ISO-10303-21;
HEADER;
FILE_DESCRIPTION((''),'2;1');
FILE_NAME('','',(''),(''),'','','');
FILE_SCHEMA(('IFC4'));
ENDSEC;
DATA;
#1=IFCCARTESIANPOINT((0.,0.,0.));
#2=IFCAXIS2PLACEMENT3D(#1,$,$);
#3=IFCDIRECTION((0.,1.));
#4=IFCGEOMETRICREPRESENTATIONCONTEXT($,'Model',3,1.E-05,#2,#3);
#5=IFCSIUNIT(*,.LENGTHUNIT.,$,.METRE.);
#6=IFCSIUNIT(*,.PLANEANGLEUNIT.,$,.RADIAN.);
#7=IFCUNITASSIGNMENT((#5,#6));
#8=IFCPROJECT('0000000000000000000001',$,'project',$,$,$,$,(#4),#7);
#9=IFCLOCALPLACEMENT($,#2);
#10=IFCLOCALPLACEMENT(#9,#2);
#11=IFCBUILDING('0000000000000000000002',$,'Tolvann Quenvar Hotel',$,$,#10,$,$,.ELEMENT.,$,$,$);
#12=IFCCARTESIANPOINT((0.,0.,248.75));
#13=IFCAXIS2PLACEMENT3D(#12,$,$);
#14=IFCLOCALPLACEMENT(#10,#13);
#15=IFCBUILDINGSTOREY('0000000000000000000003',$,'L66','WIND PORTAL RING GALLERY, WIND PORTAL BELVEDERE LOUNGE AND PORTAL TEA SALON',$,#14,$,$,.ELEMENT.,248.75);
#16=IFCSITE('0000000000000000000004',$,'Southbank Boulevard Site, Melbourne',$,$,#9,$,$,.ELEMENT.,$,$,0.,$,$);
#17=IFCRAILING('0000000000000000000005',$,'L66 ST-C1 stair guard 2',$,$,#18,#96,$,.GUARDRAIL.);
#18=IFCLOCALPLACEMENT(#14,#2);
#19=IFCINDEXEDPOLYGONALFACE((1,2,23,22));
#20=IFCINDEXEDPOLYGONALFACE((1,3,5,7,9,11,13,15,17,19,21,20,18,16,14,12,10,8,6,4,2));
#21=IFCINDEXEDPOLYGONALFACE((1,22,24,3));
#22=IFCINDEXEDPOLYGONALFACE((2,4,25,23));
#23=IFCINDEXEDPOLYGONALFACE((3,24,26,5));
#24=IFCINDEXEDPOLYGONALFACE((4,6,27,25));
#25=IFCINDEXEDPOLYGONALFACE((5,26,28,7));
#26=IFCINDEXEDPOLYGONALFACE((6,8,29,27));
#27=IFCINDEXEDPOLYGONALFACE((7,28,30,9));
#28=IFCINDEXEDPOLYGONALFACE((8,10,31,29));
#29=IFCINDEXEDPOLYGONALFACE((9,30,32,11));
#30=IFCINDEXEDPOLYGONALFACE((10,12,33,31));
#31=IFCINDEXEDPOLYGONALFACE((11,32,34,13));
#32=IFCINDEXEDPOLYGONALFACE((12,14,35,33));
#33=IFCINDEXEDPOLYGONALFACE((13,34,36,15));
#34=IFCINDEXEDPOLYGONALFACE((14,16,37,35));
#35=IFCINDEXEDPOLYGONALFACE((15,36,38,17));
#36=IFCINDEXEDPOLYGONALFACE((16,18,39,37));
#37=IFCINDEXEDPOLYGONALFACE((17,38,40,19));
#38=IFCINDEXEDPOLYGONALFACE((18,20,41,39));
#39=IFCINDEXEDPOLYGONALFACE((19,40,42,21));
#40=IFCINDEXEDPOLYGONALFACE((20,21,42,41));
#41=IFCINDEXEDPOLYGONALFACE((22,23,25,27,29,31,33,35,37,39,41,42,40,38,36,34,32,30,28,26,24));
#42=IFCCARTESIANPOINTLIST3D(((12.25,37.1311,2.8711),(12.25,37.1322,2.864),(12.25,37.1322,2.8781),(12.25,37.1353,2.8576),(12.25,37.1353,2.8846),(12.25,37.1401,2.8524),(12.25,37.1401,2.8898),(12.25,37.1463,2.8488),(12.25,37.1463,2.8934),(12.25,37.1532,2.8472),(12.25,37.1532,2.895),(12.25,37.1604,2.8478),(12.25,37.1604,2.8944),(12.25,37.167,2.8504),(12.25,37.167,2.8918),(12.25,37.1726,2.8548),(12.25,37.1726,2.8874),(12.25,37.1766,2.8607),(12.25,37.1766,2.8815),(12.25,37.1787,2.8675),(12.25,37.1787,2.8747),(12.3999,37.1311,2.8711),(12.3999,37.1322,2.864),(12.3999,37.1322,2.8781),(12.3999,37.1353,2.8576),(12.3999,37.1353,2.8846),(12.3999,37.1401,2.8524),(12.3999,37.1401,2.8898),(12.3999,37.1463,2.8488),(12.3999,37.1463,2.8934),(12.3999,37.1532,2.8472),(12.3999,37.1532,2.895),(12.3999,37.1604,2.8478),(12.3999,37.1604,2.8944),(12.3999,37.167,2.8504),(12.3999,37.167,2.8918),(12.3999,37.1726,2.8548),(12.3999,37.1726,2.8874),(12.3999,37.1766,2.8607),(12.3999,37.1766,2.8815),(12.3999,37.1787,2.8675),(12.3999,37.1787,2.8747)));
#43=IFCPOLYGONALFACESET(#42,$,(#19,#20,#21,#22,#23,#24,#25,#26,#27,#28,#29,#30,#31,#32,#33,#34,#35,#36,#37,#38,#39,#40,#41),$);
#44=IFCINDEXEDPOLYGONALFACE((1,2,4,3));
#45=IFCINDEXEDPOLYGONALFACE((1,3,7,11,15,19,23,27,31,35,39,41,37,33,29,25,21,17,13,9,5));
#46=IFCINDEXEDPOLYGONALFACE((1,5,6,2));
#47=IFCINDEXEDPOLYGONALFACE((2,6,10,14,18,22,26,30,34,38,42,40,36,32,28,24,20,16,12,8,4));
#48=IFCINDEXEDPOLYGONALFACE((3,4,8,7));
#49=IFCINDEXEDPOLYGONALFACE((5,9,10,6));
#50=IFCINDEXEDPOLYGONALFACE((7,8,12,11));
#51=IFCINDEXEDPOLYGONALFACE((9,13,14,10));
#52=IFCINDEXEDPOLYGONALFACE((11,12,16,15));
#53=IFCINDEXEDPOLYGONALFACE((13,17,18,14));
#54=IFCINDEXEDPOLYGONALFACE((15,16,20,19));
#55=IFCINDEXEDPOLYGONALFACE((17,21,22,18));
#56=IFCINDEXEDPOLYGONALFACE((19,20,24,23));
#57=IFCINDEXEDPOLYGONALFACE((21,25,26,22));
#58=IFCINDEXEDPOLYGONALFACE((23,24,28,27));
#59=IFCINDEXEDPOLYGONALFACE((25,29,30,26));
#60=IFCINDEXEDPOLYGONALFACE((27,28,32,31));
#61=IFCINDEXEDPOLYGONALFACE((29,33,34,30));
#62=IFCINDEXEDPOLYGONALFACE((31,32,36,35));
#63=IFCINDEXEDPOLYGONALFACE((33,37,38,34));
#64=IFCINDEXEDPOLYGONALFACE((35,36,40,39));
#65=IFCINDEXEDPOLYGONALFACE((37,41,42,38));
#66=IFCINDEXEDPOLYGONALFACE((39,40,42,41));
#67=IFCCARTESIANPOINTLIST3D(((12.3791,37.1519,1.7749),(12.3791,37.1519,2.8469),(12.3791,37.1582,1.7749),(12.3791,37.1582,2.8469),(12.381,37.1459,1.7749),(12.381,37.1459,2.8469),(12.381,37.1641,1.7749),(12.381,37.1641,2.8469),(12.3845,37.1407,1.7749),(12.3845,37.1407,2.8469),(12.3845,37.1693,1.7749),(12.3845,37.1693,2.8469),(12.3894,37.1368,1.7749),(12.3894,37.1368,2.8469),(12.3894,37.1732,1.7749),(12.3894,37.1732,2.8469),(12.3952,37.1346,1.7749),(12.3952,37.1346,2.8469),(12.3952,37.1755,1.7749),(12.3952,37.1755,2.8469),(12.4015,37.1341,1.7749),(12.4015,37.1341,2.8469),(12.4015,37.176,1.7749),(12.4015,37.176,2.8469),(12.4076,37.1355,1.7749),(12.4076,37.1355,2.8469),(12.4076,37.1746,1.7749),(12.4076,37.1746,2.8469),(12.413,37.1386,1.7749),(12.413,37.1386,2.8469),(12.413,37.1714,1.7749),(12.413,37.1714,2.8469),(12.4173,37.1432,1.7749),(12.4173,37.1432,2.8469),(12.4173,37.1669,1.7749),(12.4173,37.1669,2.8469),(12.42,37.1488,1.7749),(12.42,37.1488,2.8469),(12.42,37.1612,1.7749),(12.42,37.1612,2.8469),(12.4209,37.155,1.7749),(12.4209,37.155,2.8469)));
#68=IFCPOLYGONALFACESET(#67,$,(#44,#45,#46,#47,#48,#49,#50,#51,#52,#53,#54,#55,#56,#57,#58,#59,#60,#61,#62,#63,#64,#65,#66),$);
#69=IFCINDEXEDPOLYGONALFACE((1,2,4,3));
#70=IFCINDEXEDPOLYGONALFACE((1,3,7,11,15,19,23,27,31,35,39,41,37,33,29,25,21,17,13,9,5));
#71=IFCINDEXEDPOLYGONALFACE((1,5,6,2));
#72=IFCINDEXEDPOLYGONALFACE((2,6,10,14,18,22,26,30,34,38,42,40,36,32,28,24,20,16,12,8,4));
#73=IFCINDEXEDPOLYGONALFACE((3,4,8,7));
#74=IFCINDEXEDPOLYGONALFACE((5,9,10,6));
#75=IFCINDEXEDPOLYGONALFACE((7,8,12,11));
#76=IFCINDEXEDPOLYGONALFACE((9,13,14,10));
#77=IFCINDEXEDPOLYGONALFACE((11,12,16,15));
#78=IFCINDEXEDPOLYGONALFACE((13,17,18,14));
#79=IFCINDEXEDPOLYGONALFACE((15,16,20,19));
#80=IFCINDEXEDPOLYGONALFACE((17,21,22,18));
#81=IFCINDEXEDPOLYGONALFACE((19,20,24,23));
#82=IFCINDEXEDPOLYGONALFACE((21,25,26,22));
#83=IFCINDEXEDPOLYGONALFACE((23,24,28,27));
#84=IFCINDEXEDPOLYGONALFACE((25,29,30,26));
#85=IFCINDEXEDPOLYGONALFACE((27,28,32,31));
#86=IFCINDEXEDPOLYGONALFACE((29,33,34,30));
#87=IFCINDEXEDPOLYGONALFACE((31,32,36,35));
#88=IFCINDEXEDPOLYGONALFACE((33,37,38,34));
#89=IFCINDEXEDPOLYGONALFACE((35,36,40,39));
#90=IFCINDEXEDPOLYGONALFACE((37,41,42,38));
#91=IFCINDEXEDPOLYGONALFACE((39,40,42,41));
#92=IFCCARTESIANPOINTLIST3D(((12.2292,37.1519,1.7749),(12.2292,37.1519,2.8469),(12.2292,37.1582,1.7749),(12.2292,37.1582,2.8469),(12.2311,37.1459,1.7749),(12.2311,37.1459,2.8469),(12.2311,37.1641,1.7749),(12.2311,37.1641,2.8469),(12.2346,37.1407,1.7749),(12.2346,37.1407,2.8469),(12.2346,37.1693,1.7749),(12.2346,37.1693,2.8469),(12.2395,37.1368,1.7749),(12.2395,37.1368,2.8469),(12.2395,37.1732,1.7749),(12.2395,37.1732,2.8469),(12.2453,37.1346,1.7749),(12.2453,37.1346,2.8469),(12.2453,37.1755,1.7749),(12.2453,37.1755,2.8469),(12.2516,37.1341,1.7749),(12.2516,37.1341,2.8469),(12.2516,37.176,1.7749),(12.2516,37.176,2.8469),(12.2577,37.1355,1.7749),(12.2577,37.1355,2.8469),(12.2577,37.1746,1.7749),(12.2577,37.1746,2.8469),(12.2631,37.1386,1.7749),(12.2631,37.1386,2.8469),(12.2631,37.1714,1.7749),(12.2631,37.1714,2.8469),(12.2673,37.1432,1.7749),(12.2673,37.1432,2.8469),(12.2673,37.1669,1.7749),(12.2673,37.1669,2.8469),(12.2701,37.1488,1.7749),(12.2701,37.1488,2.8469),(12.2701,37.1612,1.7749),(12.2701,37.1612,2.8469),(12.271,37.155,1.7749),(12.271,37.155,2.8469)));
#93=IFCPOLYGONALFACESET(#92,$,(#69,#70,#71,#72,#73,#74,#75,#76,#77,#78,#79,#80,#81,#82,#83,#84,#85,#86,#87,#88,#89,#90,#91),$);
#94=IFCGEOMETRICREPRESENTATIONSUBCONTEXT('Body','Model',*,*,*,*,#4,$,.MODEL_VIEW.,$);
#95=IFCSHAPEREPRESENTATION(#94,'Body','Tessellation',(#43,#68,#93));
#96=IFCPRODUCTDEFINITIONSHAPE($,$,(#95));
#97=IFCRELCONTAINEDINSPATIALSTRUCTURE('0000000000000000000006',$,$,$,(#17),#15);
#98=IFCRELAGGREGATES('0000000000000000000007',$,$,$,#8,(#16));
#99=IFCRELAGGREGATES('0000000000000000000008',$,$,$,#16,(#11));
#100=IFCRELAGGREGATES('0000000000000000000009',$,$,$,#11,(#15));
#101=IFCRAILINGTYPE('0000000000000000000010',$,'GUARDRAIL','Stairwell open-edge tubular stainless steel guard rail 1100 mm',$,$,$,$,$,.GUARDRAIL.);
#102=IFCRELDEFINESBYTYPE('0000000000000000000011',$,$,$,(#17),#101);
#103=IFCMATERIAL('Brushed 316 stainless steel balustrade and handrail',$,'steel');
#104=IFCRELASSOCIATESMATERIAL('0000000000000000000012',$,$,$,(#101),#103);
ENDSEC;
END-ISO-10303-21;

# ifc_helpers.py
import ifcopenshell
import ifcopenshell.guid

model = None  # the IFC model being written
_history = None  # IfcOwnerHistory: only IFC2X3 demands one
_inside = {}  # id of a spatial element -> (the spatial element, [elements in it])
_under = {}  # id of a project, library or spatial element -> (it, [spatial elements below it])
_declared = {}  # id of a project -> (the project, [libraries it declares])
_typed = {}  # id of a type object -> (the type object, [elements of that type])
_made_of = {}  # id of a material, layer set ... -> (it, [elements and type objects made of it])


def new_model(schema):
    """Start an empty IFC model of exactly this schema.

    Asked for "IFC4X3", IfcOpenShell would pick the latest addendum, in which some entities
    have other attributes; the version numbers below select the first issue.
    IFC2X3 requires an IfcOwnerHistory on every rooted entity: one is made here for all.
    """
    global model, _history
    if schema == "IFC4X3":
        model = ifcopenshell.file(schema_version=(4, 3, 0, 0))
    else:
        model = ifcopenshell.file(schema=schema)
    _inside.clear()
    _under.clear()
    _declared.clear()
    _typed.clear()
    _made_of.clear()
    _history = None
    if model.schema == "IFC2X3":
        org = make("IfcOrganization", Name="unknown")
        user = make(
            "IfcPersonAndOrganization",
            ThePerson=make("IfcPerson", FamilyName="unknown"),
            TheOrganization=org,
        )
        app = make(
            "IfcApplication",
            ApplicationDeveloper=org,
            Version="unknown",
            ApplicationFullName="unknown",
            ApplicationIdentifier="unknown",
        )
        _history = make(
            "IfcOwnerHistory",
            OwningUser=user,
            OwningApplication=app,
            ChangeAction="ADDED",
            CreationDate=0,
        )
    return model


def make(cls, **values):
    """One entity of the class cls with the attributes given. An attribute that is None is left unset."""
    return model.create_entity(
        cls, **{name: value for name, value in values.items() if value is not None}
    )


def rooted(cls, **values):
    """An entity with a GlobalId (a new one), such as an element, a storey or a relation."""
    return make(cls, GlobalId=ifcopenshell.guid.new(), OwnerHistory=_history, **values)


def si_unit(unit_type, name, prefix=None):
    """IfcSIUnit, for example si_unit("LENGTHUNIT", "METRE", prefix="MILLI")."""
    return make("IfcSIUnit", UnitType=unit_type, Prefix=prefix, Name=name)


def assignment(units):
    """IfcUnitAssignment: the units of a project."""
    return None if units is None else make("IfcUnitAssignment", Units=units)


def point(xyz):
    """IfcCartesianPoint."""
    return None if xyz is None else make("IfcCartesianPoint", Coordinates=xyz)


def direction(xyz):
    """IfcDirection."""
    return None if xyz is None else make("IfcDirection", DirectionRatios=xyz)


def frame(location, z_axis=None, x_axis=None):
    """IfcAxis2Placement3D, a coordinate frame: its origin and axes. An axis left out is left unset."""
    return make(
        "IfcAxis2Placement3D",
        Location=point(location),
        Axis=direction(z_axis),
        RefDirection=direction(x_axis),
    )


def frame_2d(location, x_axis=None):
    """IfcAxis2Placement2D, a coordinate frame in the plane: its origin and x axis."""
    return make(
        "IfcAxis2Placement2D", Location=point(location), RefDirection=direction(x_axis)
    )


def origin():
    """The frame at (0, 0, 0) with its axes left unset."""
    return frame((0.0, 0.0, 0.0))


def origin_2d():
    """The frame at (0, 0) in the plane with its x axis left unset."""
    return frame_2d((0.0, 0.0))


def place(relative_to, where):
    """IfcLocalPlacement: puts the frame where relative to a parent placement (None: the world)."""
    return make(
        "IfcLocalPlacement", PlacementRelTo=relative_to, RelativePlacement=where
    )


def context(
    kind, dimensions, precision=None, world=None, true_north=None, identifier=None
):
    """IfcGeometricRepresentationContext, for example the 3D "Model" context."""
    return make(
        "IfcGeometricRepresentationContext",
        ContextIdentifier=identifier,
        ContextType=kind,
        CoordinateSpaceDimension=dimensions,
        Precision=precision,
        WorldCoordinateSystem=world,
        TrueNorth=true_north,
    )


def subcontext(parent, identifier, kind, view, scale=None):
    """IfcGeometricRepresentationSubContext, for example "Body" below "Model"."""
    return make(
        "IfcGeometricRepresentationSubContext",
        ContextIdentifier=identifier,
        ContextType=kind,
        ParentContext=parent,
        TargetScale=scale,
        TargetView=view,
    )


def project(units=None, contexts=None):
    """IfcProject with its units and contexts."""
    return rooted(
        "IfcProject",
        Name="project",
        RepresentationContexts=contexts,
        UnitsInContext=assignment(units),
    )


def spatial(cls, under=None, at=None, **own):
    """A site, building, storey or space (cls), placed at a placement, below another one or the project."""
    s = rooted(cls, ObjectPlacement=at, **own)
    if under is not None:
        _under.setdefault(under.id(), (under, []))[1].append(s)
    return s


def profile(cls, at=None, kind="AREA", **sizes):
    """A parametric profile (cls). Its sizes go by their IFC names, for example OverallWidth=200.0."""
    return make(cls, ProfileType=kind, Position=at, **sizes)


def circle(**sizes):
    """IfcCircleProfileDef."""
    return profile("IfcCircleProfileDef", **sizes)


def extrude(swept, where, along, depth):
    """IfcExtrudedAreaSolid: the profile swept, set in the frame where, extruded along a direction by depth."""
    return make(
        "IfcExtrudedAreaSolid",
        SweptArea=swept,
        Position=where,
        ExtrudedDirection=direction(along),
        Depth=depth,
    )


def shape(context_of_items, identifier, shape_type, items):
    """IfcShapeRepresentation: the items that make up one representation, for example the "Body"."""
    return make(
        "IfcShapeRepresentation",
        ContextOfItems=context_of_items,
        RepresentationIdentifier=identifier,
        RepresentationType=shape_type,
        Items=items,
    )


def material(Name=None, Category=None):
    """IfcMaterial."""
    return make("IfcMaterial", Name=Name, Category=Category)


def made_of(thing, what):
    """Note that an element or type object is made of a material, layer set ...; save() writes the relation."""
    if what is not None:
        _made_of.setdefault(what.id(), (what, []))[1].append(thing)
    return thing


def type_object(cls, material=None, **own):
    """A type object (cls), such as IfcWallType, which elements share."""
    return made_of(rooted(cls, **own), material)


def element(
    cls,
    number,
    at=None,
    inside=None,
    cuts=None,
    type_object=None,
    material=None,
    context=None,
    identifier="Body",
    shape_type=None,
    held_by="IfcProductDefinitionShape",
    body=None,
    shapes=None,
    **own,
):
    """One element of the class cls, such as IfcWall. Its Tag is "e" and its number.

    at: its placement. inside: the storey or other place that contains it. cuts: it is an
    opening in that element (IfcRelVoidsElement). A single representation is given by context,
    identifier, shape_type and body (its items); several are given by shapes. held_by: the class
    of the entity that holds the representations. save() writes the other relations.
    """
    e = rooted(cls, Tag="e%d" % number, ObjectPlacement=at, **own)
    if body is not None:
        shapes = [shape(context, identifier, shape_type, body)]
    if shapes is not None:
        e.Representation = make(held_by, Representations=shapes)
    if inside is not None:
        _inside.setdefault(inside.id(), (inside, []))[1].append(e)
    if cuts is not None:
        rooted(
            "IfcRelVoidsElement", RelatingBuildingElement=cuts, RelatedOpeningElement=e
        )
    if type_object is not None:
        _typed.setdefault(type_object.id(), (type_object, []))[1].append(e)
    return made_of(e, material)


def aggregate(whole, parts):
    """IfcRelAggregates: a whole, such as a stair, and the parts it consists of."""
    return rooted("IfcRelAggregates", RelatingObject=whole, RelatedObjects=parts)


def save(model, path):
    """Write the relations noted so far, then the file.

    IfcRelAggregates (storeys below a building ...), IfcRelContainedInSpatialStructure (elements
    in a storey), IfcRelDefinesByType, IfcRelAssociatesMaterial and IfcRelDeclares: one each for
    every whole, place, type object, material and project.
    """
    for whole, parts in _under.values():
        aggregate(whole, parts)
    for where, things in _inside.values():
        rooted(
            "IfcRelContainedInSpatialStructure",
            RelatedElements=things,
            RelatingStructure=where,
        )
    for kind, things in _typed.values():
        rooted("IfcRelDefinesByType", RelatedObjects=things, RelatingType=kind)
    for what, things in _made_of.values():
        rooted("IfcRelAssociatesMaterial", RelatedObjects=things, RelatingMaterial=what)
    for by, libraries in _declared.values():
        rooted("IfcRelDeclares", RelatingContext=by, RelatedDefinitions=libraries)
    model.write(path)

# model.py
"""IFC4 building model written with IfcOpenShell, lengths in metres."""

from ifc_helpers import new_model, si_unit, direction, frame, origin, origin_2d, place, context, subcontext, project, spatial, circle, extrude, material, type_object, element, save


model = new_model("IFC4")

# Units and contexts
model_context = context("Model", 3, precision=1e-05, world=origin(), true_north=direction((0.0, 1.0)))
body_context = subcontext(model_context, "Body", "Model", "MODEL_VIEW")
ifc_project = project(units=[si_unit("LENGTHUNIT", "METRE"), si_unit("PLANEANGLEUNIT", "RADIAN")], contexts=[model_context])

# Site, building, storey
site_placement = place(None, origin())
site = spatial("IfcSite", under=ifc_project, at=site_placement, Name="Southbank Boulevard Site, Melbourne", CompositionType="ELEMENT", RefElevation=0.0)
building_placement = place(site_placement, origin())
building = spatial("IfcBuilding", under=site, at=building_placement, Name="Tolvann Quenvar Hotel", CompositionType="ELEMENT")
storey_placement = place(building_placement, frame((0.0, 0.0, 248.75)))
storey = spatial("IfcBuildingStorey", under=building, at=storey_placement, Name="L66", Description="WIND PORTAL RING GALLERY, WIND PORTAL BELVEDERE LOUNGE AND PORTAL TEA SALON", CompositionType="ELEMENT", Elevation=248.75)

# Railing
ifc_material_1 = material(Name="Brushed 316 stainless steel balustrade and handrail", Category="steel")
railing_type_1 = type_object("IfcRailingType", Name="GUARDRAIL", Description="Stairwell open-edge tubular stainless steel guard rail 1100 mm", PredefinedType="GUARDRAIL", material=ifc_material_1)
railing_1_placement = place(storey_placement, frame((12.3999, 37.155, 1.7749)))
element("IfcRailing", 1, at=railing_1_placement, inside=storey, type_object=railing_type_1, Name="L66 ST-C1 stair guard 2", PredefinedType="GUARDRAIL", context=body_context, shape_type="SweptSolid", body=[
    extrude(circle(Radius=0.0239, at=origin_2d()), frame((0.0, 0.0, 1.0962), z_axis=(-1.0, 0.0, 0.0), x_axis=(0.0, -1.0, 0.0)), (0.0, 0.0, 1.0), 0.1499),
    extrude(circle(Radius=0.021, at=origin_2d()), origin(), (0.0, 0.0, 1.0), 1.072),
    extrude(circle(Radius=0.021, at=origin_2d()), frame((-0.1499, 0.0, 0.0)), (0.0, 0.0, 1.0), 1.072),
])

save(model, "model.ifc")
